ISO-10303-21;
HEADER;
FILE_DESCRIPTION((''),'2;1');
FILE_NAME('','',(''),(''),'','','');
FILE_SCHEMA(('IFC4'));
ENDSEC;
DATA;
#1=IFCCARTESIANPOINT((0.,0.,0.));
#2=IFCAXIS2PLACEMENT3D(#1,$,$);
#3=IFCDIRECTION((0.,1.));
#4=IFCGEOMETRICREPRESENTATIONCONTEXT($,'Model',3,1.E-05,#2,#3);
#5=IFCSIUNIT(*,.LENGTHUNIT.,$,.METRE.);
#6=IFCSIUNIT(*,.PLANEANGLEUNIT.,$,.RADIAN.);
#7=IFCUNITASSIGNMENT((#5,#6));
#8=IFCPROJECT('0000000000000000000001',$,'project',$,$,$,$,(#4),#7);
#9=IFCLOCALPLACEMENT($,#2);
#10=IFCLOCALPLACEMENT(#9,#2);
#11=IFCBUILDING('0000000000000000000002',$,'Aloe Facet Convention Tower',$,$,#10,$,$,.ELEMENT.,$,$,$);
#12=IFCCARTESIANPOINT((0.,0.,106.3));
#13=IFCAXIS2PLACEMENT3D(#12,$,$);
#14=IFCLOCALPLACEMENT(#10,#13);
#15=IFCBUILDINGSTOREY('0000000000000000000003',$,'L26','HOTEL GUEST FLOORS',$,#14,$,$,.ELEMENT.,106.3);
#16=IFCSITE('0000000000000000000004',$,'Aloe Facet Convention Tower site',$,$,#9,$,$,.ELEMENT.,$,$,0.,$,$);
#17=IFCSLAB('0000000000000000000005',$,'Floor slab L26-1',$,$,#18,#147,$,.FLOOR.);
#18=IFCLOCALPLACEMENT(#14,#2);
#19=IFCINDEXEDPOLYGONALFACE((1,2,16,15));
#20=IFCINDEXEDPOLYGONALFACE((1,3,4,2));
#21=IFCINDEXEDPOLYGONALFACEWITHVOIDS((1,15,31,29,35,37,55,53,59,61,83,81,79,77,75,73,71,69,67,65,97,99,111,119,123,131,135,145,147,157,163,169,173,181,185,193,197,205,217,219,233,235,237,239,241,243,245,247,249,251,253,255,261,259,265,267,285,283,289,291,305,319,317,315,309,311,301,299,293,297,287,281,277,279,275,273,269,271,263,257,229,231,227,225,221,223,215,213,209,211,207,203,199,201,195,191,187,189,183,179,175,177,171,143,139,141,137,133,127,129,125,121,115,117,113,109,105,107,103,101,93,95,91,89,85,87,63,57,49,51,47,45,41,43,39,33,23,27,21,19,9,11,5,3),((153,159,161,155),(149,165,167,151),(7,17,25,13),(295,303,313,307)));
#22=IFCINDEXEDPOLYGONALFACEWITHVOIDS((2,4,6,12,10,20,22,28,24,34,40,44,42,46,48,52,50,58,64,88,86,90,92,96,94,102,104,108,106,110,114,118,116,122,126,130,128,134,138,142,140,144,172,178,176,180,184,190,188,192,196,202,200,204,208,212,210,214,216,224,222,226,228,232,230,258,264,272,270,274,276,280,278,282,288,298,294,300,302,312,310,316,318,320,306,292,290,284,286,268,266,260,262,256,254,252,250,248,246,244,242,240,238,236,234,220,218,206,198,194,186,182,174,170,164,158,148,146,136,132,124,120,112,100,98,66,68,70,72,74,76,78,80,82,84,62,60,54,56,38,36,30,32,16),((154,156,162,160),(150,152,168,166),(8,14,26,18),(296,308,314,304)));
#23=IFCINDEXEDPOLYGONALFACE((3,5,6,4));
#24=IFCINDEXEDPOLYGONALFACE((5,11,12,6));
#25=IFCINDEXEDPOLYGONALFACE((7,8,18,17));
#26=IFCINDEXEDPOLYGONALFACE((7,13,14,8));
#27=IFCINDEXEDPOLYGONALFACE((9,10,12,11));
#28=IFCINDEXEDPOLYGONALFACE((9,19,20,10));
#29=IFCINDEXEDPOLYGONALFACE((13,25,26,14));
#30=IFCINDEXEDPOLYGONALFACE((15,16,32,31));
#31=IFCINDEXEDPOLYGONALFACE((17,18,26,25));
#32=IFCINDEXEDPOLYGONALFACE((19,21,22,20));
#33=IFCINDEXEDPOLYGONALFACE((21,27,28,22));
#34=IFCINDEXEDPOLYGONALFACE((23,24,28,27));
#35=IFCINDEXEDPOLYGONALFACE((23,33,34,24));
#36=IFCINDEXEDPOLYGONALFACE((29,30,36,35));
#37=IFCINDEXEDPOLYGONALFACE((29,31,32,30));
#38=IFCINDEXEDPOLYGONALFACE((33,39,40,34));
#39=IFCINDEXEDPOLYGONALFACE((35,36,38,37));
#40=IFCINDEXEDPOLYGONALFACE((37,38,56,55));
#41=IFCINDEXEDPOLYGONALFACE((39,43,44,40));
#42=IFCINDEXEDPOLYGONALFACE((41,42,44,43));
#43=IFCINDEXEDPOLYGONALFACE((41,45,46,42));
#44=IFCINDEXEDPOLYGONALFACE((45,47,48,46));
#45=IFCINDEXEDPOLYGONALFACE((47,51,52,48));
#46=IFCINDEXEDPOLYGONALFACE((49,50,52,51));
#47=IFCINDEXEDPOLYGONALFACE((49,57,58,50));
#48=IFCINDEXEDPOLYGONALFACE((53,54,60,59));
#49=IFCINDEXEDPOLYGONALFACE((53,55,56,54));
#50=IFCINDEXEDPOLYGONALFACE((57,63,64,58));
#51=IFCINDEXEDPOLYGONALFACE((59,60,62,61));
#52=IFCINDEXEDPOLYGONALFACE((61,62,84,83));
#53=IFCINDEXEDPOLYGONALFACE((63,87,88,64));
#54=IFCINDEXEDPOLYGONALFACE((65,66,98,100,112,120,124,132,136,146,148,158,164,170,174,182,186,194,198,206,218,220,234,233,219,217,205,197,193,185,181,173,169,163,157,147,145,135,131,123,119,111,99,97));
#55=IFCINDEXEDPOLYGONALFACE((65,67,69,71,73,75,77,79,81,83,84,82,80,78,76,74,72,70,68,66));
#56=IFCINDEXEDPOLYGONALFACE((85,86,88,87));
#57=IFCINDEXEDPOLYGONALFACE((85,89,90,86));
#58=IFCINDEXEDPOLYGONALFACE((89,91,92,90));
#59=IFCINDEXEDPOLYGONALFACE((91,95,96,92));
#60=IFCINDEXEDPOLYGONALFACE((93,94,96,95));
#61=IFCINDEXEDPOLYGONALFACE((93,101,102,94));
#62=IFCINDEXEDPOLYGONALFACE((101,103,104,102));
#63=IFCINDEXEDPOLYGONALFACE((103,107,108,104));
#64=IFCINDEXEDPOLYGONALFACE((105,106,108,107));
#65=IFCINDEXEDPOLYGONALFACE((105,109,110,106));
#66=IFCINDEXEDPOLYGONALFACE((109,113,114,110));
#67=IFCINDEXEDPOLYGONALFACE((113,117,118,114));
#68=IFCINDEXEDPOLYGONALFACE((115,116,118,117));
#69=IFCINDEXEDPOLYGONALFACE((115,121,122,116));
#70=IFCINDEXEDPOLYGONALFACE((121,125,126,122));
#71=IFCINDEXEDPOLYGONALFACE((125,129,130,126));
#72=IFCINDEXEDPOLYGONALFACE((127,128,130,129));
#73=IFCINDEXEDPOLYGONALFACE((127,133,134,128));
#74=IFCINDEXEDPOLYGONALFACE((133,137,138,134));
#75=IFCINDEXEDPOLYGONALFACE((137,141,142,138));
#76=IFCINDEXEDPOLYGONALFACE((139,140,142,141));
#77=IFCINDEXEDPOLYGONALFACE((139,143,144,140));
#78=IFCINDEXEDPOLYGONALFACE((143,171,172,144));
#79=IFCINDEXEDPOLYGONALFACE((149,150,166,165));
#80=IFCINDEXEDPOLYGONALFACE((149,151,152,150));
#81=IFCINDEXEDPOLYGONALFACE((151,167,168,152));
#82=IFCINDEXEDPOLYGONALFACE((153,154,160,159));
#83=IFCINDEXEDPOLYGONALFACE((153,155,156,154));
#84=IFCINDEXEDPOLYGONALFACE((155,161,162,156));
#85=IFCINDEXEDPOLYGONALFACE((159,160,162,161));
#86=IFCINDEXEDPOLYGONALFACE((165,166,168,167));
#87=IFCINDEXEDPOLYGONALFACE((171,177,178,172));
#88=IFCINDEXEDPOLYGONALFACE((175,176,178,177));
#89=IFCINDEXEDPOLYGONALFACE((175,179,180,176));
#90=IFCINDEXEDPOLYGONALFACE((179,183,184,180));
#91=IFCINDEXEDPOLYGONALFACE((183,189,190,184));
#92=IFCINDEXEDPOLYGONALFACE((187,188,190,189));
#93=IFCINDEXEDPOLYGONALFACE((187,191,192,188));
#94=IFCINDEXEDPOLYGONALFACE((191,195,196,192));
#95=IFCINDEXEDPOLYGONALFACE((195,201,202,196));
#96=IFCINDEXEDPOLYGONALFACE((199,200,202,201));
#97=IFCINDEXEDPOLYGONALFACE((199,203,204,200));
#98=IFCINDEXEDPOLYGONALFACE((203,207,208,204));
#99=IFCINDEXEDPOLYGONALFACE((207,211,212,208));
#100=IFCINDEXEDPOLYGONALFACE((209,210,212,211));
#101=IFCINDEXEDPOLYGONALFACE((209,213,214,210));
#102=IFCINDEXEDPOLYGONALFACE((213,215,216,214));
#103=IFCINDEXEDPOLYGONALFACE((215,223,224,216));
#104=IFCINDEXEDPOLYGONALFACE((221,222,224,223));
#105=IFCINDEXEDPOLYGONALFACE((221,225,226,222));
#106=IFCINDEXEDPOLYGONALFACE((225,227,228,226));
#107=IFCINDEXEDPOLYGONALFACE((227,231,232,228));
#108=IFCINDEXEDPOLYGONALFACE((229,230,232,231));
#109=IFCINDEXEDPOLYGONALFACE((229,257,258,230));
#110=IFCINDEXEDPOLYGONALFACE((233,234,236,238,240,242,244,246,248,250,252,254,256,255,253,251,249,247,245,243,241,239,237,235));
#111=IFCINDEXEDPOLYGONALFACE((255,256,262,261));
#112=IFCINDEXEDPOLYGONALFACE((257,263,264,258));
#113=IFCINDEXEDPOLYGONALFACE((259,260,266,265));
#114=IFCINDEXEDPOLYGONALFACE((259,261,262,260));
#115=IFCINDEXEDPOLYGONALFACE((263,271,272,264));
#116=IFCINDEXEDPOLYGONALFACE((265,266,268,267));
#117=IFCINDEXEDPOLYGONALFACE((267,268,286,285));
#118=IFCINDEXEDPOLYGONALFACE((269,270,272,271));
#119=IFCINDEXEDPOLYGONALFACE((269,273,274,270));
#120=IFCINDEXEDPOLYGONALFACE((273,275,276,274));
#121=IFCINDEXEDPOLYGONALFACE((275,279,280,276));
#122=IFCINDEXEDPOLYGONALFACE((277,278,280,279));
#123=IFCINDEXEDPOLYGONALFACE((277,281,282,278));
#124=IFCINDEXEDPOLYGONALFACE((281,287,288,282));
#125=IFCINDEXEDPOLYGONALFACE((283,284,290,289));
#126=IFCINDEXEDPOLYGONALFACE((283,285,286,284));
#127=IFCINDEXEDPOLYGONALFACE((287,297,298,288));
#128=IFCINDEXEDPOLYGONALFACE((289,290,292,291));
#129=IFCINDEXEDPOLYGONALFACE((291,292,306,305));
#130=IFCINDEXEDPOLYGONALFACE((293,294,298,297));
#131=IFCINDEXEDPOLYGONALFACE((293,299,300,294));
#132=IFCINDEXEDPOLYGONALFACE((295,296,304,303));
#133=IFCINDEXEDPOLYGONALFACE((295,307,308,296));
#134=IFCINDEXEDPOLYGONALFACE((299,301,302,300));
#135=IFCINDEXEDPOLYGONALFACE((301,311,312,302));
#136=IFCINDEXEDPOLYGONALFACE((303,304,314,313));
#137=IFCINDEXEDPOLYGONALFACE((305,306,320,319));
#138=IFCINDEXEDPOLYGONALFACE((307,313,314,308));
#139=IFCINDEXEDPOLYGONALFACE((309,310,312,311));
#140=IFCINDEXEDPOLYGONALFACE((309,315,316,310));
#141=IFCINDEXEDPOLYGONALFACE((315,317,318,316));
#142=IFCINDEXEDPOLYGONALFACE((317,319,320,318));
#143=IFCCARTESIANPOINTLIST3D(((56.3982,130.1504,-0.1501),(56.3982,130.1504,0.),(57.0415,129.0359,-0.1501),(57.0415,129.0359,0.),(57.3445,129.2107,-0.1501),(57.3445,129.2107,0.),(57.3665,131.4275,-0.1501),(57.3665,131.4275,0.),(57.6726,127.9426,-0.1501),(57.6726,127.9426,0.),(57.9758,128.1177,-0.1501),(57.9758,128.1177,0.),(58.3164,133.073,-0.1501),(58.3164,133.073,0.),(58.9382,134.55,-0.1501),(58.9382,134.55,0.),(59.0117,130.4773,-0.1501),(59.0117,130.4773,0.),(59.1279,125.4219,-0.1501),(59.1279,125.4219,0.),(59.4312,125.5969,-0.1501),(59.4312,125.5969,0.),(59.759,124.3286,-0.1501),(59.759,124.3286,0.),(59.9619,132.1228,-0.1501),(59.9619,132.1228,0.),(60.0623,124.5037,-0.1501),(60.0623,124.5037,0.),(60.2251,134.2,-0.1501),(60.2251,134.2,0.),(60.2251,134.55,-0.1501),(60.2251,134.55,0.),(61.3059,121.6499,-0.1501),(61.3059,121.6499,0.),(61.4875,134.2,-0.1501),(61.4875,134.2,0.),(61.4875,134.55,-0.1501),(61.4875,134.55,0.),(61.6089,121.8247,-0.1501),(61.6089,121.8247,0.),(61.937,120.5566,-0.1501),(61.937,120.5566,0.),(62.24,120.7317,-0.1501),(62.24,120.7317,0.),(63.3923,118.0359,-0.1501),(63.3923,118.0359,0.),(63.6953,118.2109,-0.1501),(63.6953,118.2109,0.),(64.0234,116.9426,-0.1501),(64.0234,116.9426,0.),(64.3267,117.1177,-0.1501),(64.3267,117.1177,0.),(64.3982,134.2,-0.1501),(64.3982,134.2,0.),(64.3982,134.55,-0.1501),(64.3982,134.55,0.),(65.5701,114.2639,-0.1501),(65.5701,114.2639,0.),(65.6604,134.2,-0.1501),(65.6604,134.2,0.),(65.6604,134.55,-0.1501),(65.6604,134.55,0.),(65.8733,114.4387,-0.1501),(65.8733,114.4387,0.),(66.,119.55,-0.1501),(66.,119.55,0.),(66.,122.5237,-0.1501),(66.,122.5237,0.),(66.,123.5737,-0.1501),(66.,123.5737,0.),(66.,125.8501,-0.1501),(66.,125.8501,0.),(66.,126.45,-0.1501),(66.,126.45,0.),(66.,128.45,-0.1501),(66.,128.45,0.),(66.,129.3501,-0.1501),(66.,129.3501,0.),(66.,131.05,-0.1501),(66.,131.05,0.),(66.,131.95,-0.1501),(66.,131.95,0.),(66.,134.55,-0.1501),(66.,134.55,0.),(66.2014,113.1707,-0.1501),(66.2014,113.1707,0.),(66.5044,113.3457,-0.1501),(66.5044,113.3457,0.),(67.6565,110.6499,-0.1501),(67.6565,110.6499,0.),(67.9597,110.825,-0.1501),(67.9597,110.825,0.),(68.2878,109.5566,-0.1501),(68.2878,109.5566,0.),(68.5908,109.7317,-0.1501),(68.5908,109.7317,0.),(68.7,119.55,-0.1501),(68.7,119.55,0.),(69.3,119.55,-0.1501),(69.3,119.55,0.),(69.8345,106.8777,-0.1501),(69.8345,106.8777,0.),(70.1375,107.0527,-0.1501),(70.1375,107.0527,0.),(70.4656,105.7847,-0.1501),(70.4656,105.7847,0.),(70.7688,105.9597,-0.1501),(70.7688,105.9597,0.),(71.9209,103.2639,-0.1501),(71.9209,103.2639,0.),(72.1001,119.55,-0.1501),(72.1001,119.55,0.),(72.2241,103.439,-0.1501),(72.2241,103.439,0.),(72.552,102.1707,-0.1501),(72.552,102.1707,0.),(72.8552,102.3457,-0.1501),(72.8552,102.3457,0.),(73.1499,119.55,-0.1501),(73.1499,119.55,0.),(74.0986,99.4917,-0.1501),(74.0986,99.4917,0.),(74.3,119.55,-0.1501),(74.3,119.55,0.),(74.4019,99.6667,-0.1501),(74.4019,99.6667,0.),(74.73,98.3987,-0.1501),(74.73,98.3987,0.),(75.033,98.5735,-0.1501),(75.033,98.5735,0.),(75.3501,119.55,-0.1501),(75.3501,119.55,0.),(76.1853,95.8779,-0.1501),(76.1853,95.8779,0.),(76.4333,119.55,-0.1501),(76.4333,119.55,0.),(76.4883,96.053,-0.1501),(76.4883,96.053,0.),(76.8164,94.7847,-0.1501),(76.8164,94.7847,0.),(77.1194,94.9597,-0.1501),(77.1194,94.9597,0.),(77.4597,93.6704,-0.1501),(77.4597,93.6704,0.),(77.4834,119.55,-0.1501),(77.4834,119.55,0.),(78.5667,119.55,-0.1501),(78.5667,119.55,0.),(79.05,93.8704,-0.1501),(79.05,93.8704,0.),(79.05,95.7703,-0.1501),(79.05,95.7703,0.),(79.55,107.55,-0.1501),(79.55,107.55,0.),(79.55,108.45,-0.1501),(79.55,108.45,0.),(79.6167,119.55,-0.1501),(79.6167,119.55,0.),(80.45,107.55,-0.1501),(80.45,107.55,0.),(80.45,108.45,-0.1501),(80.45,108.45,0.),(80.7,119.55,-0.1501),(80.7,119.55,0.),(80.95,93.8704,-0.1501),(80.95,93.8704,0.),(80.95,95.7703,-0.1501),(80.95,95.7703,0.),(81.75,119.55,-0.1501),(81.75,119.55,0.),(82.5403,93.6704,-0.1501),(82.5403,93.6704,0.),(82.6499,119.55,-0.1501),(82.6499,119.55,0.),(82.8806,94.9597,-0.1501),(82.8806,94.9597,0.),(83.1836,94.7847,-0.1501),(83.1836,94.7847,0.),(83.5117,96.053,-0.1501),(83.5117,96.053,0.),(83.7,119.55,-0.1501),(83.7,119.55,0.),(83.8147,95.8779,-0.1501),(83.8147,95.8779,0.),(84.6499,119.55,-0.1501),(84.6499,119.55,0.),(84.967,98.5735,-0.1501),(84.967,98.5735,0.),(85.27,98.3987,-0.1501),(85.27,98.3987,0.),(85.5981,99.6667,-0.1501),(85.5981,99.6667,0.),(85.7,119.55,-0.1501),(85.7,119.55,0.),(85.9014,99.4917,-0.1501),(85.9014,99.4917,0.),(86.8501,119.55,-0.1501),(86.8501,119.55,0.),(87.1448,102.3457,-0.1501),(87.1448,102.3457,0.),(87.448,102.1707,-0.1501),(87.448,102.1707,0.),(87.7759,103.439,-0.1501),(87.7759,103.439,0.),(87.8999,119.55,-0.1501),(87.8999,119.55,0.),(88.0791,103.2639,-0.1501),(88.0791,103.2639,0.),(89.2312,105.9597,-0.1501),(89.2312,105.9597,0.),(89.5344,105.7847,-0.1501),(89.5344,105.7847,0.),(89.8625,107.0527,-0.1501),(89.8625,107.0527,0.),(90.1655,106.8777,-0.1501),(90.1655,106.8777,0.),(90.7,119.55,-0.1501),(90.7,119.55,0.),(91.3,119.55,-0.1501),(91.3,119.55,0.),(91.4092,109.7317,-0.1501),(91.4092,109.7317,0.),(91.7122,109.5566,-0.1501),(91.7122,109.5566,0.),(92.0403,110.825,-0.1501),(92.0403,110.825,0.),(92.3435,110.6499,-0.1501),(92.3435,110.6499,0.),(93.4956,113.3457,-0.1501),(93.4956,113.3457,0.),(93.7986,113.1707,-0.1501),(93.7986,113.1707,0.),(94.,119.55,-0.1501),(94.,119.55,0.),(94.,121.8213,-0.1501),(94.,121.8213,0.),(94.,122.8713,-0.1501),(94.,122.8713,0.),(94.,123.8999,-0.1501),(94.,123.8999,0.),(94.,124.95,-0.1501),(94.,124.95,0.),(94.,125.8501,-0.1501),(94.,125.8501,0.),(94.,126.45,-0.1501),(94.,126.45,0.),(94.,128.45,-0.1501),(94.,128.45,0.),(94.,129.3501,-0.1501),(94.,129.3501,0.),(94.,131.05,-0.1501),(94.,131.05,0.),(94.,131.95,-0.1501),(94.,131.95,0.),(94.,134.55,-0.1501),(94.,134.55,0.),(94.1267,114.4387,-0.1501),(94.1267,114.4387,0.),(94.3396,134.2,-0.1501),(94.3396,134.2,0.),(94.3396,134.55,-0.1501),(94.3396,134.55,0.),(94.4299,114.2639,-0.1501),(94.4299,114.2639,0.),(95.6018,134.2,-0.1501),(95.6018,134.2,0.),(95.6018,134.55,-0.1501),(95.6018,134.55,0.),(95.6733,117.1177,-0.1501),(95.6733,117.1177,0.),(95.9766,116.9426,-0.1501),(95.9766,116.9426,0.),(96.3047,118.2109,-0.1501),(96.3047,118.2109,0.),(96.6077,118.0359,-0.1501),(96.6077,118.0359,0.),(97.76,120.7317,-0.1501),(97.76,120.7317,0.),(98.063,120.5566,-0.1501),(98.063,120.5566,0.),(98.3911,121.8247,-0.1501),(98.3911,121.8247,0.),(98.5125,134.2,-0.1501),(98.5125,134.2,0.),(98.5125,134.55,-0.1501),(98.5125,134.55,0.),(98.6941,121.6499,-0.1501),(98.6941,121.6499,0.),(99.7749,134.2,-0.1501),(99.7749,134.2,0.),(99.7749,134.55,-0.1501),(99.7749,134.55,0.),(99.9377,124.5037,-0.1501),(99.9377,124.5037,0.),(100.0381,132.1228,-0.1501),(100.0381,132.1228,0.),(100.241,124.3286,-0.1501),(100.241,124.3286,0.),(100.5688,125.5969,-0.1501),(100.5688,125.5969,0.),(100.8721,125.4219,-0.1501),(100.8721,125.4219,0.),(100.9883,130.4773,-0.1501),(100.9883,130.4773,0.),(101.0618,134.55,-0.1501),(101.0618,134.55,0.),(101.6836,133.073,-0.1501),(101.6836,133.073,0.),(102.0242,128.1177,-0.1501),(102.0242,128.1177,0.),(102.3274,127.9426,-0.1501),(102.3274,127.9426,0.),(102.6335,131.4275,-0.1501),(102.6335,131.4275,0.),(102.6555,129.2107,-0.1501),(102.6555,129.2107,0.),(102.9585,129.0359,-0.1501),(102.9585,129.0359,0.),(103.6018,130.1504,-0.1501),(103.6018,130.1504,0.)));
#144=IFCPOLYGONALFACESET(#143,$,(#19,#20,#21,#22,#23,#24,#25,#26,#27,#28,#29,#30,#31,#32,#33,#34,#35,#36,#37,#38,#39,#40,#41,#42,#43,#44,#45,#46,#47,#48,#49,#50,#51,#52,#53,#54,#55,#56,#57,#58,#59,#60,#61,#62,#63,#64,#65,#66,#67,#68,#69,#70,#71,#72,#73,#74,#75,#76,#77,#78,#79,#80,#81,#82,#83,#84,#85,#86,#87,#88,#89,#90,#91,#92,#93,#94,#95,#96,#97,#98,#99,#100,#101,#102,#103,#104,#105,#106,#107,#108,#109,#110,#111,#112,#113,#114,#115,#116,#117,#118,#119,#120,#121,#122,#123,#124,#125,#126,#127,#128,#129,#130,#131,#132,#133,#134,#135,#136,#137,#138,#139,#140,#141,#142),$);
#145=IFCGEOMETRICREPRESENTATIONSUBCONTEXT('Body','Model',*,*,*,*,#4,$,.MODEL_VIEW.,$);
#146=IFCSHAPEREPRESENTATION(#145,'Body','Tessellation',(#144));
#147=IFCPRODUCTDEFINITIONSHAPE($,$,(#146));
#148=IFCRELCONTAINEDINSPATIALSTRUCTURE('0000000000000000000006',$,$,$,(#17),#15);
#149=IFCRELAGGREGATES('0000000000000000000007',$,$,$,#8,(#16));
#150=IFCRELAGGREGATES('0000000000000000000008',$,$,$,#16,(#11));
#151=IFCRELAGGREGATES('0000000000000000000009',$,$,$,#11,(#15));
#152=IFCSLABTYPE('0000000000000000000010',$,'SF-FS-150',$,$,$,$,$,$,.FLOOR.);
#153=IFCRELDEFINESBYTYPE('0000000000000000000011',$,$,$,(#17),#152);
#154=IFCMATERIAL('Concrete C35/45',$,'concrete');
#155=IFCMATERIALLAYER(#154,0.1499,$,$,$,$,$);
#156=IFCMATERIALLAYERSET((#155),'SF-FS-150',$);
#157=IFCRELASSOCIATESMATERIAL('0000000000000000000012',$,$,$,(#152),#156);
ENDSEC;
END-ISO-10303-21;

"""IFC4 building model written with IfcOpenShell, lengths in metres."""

from ifc_helpers import new_model, si_unit, direction, frame, origin, place, context, subcontext, project, spatial, polyline, outline, extrude, material, layer, layer_set, type_object, element, save


model = new_model("IFC4")

# Units and contexts
model_context = context("Model", 3, precision=1e-05, world=origin(), true_north=direction((0.0, 1.0)))
body_context = subcontext(model_context, "Body", "Model", "MODEL_VIEW")
ifc_project = project(units=[si_unit("LENGTHUNIT", "METRE"), si_unit("PLANEANGLEUNIT", "RADIAN")], contexts=[model_context])

# Site, building, storey
site_placement = place(None, origin())
site = spatial("IfcSite", under=ifc_project, at=site_placement, Name="Aloe Facet Convention Tower site", CompositionType="ELEMENT", RefElevation=0.0)
building_placement = place(site_placement, origin())
building = spatial("IfcBuilding", under=site, at=building_placement, Name="Aloe Facet Convention Tower", CompositionType="ELEMENT")
storey_placement = place(building_placement, frame((0.0, 0.0, 106.3)))
storey = spatial("IfcBuildingStorey", under=building, at=storey_placement, Name="L26", Description="HOTEL GUEST FLOORS", CompositionType="ELEMENT", Elevation=106.3)

# Slab
ifc_material_1 = material(Name="Concrete C35/45", Category="concrete")
ifc_layer_1 = layer(ifc_material_1, 0.1499)
ifc_layer_set_1 = layer_set([ifc_layer_1], Name="SF-FS-150")
slab_type_1 = type_object("IfcSlabType", Name="SF-FS-150", PredefinedType="FLOOR", material=ifc_layer_set_1)
slab_1_placement = place(storey_placement, frame((0.0, 0.0, -0.1501)))
element("IfcSlab", 1, at=slab_1_placement, inside=storey, type_object=slab_type_1, Name="Floor slab L26-1", PredefinedType="FLOOR", context=body_context, shape_type="SweptSolid", body=[
    extrude(outline(polyline([(103.6018, 130.1504), (102.9585, 129.0359), (102.6555, 129.2107), (102.0242, 128.1177), (102.3274, 127.9426), (100.8721, 125.4219), (100.5688, 125.5969), (99.9377, 124.5037), (100.241, 124.3286), (98.6941, 121.6499), (98.3911, 121.8247), (97.76, 120.7317), (98.063, 120.5566), (96.6077, 118.0359), (96.3047, 118.2109), (95.6733, 117.1177), (95.9766, 116.9426), (94.4299, 114.2639), (94.1267, 114.4387), (93.4956, 113.3457), (93.7986, 113.1707), (92.3435, 110.6499), (92.0403, 110.825), (91.4092, 109.7317), (91.7122, 109.5566), (90.1655, 106.8777), (89.8625, 107.0527), (89.2312, 105.9597), (89.5344, 105.7847), (88.0791, 103.2639), (87.7759, 103.439), (87.1448, 102.3457), (87.448, 102.1707), (85.9014, 99.4917), (85.5981, 99.6667), (84.967, 98.5735), (85.27, 98.3987), (83.8147, 95.8779), (83.5117, 96.053), (82.8806, 94.9597), (83.1836, 94.7847), (82.5403, 93.6704), (77.4597, 93.6704), (76.8164, 94.7847), (77.1194, 94.9597), (76.4883, 96.053), (76.1853, 95.8779), (74.73, 98.3987), (75.033, 98.5735), (74.4019, 99.6667), (74.0986, 99.4917), (72.552, 102.1707), (72.8552, 102.3457), (72.2241, 103.439), (71.9209, 103.2639), (70.4656, 105.7847), (70.7688, 105.9597), (70.1375, 107.0527), (69.8345, 106.8777), (68.2878, 109.5566), (68.5908, 109.7317), (67.9597, 110.825), (67.6565, 110.6499), (66.2014, 113.1707), (66.5044, 113.3457), (65.8733, 114.4387), (65.5701, 114.2639), (64.0234, 116.9426), (64.3267, 117.1177), (63.6953, 118.2109), (63.3923, 118.0359), (61.937, 120.5566), (62.24, 120.7317), (61.6089, 121.8247), (61.3059, 121.6499), (59.759, 124.3286), (60.0623, 124.5037), (59.4312, 125.5969), (59.1279, 125.4219), (57.6726, 127.9426), (57.9758, 128.1177), (57.3445, 129.2107), (57.0415, 129.0359), (56.3982, 130.1504), (58.9382, 134.55), (60.2251, 134.55), (60.2251, 134.2), (61.4875, 134.2), (61.4875, 134.55), (64.3982, 134.55), (64.3982, 134.2), (65.6604, 134.2), (65.6604, 134.55), (66.0, 134.55), (66.0, 131.95), (66.0, 131.05), (66.0, 129.3501), (66.0, 128.45), (66.0, 126.45), (66.0, 125.8501), (66.0, 123.5737), (66.0, 122.5237), (66.0, 119.55), (68.7, 119.55), (69.3, 119.55), (72.1001, 119.55), (73.1499, 119.55), (74.3, 119.55), (75.3501, 119.55), (76.4333, 119.55), (77.4834, 119.55), (78.5667, 119.55), (79.6167, 119.55), (80.7, 119.55), (81.75, 119.55), (82.6499, 119.55), (83.7, 119.55), (84.6499, 119.55), (85.7, 119.55), (86.8501, 119.55), (87.8999, 119.55), (90.7, 119.55), (91.3, 119.55), (94.0, 119.55), (94.0, 121.8213), (94.0, 122.8713), (94.0, 123.8999), (94.0, 124.95), (94.0, 125.8501), (94.0, 126.45), (94.0, 128.45), (94.0, 129.3501), (94.0, 131.05), (94.0, 131.95), (94.0, 134.55), (94.3396, 134.55), (94.3396, 134.2), (95.6018, 134.2), (95.6018, 134.55), (98.5125, 134.55), (98.5125, 134.2), (99.7749, 134.2), (99.7749, 134.55), (101.0618, 134.55), (103.6018, 130.1504)]), holes=[polyline([(80.45, 107.55), (80.45, 108.45), (79.55, 108.45), (79.55, 107.55), (80.45, 107.55)]), polyline([(58.3164, 133.073), (57.3665, 131.4275), (59.0117, 130.4773), (59.9619, 132.1228), (58.3164, 133.073)]), polyline([(79.05, 93.8704), (80.95, 93.8704), (80.95, 95.7703), (79.05, 95.7703), (79.05, 93.8704)]), polyline([(102.6335, 131.4275), (101.6836, 133.073), (100.0381, 132.1228), (100.9883, 130.4773), (102.6335, 131.4275)])]), origin(), (0.0, 0.0, 1.0), 0.1501),
])

save(model, "model.ifc")
